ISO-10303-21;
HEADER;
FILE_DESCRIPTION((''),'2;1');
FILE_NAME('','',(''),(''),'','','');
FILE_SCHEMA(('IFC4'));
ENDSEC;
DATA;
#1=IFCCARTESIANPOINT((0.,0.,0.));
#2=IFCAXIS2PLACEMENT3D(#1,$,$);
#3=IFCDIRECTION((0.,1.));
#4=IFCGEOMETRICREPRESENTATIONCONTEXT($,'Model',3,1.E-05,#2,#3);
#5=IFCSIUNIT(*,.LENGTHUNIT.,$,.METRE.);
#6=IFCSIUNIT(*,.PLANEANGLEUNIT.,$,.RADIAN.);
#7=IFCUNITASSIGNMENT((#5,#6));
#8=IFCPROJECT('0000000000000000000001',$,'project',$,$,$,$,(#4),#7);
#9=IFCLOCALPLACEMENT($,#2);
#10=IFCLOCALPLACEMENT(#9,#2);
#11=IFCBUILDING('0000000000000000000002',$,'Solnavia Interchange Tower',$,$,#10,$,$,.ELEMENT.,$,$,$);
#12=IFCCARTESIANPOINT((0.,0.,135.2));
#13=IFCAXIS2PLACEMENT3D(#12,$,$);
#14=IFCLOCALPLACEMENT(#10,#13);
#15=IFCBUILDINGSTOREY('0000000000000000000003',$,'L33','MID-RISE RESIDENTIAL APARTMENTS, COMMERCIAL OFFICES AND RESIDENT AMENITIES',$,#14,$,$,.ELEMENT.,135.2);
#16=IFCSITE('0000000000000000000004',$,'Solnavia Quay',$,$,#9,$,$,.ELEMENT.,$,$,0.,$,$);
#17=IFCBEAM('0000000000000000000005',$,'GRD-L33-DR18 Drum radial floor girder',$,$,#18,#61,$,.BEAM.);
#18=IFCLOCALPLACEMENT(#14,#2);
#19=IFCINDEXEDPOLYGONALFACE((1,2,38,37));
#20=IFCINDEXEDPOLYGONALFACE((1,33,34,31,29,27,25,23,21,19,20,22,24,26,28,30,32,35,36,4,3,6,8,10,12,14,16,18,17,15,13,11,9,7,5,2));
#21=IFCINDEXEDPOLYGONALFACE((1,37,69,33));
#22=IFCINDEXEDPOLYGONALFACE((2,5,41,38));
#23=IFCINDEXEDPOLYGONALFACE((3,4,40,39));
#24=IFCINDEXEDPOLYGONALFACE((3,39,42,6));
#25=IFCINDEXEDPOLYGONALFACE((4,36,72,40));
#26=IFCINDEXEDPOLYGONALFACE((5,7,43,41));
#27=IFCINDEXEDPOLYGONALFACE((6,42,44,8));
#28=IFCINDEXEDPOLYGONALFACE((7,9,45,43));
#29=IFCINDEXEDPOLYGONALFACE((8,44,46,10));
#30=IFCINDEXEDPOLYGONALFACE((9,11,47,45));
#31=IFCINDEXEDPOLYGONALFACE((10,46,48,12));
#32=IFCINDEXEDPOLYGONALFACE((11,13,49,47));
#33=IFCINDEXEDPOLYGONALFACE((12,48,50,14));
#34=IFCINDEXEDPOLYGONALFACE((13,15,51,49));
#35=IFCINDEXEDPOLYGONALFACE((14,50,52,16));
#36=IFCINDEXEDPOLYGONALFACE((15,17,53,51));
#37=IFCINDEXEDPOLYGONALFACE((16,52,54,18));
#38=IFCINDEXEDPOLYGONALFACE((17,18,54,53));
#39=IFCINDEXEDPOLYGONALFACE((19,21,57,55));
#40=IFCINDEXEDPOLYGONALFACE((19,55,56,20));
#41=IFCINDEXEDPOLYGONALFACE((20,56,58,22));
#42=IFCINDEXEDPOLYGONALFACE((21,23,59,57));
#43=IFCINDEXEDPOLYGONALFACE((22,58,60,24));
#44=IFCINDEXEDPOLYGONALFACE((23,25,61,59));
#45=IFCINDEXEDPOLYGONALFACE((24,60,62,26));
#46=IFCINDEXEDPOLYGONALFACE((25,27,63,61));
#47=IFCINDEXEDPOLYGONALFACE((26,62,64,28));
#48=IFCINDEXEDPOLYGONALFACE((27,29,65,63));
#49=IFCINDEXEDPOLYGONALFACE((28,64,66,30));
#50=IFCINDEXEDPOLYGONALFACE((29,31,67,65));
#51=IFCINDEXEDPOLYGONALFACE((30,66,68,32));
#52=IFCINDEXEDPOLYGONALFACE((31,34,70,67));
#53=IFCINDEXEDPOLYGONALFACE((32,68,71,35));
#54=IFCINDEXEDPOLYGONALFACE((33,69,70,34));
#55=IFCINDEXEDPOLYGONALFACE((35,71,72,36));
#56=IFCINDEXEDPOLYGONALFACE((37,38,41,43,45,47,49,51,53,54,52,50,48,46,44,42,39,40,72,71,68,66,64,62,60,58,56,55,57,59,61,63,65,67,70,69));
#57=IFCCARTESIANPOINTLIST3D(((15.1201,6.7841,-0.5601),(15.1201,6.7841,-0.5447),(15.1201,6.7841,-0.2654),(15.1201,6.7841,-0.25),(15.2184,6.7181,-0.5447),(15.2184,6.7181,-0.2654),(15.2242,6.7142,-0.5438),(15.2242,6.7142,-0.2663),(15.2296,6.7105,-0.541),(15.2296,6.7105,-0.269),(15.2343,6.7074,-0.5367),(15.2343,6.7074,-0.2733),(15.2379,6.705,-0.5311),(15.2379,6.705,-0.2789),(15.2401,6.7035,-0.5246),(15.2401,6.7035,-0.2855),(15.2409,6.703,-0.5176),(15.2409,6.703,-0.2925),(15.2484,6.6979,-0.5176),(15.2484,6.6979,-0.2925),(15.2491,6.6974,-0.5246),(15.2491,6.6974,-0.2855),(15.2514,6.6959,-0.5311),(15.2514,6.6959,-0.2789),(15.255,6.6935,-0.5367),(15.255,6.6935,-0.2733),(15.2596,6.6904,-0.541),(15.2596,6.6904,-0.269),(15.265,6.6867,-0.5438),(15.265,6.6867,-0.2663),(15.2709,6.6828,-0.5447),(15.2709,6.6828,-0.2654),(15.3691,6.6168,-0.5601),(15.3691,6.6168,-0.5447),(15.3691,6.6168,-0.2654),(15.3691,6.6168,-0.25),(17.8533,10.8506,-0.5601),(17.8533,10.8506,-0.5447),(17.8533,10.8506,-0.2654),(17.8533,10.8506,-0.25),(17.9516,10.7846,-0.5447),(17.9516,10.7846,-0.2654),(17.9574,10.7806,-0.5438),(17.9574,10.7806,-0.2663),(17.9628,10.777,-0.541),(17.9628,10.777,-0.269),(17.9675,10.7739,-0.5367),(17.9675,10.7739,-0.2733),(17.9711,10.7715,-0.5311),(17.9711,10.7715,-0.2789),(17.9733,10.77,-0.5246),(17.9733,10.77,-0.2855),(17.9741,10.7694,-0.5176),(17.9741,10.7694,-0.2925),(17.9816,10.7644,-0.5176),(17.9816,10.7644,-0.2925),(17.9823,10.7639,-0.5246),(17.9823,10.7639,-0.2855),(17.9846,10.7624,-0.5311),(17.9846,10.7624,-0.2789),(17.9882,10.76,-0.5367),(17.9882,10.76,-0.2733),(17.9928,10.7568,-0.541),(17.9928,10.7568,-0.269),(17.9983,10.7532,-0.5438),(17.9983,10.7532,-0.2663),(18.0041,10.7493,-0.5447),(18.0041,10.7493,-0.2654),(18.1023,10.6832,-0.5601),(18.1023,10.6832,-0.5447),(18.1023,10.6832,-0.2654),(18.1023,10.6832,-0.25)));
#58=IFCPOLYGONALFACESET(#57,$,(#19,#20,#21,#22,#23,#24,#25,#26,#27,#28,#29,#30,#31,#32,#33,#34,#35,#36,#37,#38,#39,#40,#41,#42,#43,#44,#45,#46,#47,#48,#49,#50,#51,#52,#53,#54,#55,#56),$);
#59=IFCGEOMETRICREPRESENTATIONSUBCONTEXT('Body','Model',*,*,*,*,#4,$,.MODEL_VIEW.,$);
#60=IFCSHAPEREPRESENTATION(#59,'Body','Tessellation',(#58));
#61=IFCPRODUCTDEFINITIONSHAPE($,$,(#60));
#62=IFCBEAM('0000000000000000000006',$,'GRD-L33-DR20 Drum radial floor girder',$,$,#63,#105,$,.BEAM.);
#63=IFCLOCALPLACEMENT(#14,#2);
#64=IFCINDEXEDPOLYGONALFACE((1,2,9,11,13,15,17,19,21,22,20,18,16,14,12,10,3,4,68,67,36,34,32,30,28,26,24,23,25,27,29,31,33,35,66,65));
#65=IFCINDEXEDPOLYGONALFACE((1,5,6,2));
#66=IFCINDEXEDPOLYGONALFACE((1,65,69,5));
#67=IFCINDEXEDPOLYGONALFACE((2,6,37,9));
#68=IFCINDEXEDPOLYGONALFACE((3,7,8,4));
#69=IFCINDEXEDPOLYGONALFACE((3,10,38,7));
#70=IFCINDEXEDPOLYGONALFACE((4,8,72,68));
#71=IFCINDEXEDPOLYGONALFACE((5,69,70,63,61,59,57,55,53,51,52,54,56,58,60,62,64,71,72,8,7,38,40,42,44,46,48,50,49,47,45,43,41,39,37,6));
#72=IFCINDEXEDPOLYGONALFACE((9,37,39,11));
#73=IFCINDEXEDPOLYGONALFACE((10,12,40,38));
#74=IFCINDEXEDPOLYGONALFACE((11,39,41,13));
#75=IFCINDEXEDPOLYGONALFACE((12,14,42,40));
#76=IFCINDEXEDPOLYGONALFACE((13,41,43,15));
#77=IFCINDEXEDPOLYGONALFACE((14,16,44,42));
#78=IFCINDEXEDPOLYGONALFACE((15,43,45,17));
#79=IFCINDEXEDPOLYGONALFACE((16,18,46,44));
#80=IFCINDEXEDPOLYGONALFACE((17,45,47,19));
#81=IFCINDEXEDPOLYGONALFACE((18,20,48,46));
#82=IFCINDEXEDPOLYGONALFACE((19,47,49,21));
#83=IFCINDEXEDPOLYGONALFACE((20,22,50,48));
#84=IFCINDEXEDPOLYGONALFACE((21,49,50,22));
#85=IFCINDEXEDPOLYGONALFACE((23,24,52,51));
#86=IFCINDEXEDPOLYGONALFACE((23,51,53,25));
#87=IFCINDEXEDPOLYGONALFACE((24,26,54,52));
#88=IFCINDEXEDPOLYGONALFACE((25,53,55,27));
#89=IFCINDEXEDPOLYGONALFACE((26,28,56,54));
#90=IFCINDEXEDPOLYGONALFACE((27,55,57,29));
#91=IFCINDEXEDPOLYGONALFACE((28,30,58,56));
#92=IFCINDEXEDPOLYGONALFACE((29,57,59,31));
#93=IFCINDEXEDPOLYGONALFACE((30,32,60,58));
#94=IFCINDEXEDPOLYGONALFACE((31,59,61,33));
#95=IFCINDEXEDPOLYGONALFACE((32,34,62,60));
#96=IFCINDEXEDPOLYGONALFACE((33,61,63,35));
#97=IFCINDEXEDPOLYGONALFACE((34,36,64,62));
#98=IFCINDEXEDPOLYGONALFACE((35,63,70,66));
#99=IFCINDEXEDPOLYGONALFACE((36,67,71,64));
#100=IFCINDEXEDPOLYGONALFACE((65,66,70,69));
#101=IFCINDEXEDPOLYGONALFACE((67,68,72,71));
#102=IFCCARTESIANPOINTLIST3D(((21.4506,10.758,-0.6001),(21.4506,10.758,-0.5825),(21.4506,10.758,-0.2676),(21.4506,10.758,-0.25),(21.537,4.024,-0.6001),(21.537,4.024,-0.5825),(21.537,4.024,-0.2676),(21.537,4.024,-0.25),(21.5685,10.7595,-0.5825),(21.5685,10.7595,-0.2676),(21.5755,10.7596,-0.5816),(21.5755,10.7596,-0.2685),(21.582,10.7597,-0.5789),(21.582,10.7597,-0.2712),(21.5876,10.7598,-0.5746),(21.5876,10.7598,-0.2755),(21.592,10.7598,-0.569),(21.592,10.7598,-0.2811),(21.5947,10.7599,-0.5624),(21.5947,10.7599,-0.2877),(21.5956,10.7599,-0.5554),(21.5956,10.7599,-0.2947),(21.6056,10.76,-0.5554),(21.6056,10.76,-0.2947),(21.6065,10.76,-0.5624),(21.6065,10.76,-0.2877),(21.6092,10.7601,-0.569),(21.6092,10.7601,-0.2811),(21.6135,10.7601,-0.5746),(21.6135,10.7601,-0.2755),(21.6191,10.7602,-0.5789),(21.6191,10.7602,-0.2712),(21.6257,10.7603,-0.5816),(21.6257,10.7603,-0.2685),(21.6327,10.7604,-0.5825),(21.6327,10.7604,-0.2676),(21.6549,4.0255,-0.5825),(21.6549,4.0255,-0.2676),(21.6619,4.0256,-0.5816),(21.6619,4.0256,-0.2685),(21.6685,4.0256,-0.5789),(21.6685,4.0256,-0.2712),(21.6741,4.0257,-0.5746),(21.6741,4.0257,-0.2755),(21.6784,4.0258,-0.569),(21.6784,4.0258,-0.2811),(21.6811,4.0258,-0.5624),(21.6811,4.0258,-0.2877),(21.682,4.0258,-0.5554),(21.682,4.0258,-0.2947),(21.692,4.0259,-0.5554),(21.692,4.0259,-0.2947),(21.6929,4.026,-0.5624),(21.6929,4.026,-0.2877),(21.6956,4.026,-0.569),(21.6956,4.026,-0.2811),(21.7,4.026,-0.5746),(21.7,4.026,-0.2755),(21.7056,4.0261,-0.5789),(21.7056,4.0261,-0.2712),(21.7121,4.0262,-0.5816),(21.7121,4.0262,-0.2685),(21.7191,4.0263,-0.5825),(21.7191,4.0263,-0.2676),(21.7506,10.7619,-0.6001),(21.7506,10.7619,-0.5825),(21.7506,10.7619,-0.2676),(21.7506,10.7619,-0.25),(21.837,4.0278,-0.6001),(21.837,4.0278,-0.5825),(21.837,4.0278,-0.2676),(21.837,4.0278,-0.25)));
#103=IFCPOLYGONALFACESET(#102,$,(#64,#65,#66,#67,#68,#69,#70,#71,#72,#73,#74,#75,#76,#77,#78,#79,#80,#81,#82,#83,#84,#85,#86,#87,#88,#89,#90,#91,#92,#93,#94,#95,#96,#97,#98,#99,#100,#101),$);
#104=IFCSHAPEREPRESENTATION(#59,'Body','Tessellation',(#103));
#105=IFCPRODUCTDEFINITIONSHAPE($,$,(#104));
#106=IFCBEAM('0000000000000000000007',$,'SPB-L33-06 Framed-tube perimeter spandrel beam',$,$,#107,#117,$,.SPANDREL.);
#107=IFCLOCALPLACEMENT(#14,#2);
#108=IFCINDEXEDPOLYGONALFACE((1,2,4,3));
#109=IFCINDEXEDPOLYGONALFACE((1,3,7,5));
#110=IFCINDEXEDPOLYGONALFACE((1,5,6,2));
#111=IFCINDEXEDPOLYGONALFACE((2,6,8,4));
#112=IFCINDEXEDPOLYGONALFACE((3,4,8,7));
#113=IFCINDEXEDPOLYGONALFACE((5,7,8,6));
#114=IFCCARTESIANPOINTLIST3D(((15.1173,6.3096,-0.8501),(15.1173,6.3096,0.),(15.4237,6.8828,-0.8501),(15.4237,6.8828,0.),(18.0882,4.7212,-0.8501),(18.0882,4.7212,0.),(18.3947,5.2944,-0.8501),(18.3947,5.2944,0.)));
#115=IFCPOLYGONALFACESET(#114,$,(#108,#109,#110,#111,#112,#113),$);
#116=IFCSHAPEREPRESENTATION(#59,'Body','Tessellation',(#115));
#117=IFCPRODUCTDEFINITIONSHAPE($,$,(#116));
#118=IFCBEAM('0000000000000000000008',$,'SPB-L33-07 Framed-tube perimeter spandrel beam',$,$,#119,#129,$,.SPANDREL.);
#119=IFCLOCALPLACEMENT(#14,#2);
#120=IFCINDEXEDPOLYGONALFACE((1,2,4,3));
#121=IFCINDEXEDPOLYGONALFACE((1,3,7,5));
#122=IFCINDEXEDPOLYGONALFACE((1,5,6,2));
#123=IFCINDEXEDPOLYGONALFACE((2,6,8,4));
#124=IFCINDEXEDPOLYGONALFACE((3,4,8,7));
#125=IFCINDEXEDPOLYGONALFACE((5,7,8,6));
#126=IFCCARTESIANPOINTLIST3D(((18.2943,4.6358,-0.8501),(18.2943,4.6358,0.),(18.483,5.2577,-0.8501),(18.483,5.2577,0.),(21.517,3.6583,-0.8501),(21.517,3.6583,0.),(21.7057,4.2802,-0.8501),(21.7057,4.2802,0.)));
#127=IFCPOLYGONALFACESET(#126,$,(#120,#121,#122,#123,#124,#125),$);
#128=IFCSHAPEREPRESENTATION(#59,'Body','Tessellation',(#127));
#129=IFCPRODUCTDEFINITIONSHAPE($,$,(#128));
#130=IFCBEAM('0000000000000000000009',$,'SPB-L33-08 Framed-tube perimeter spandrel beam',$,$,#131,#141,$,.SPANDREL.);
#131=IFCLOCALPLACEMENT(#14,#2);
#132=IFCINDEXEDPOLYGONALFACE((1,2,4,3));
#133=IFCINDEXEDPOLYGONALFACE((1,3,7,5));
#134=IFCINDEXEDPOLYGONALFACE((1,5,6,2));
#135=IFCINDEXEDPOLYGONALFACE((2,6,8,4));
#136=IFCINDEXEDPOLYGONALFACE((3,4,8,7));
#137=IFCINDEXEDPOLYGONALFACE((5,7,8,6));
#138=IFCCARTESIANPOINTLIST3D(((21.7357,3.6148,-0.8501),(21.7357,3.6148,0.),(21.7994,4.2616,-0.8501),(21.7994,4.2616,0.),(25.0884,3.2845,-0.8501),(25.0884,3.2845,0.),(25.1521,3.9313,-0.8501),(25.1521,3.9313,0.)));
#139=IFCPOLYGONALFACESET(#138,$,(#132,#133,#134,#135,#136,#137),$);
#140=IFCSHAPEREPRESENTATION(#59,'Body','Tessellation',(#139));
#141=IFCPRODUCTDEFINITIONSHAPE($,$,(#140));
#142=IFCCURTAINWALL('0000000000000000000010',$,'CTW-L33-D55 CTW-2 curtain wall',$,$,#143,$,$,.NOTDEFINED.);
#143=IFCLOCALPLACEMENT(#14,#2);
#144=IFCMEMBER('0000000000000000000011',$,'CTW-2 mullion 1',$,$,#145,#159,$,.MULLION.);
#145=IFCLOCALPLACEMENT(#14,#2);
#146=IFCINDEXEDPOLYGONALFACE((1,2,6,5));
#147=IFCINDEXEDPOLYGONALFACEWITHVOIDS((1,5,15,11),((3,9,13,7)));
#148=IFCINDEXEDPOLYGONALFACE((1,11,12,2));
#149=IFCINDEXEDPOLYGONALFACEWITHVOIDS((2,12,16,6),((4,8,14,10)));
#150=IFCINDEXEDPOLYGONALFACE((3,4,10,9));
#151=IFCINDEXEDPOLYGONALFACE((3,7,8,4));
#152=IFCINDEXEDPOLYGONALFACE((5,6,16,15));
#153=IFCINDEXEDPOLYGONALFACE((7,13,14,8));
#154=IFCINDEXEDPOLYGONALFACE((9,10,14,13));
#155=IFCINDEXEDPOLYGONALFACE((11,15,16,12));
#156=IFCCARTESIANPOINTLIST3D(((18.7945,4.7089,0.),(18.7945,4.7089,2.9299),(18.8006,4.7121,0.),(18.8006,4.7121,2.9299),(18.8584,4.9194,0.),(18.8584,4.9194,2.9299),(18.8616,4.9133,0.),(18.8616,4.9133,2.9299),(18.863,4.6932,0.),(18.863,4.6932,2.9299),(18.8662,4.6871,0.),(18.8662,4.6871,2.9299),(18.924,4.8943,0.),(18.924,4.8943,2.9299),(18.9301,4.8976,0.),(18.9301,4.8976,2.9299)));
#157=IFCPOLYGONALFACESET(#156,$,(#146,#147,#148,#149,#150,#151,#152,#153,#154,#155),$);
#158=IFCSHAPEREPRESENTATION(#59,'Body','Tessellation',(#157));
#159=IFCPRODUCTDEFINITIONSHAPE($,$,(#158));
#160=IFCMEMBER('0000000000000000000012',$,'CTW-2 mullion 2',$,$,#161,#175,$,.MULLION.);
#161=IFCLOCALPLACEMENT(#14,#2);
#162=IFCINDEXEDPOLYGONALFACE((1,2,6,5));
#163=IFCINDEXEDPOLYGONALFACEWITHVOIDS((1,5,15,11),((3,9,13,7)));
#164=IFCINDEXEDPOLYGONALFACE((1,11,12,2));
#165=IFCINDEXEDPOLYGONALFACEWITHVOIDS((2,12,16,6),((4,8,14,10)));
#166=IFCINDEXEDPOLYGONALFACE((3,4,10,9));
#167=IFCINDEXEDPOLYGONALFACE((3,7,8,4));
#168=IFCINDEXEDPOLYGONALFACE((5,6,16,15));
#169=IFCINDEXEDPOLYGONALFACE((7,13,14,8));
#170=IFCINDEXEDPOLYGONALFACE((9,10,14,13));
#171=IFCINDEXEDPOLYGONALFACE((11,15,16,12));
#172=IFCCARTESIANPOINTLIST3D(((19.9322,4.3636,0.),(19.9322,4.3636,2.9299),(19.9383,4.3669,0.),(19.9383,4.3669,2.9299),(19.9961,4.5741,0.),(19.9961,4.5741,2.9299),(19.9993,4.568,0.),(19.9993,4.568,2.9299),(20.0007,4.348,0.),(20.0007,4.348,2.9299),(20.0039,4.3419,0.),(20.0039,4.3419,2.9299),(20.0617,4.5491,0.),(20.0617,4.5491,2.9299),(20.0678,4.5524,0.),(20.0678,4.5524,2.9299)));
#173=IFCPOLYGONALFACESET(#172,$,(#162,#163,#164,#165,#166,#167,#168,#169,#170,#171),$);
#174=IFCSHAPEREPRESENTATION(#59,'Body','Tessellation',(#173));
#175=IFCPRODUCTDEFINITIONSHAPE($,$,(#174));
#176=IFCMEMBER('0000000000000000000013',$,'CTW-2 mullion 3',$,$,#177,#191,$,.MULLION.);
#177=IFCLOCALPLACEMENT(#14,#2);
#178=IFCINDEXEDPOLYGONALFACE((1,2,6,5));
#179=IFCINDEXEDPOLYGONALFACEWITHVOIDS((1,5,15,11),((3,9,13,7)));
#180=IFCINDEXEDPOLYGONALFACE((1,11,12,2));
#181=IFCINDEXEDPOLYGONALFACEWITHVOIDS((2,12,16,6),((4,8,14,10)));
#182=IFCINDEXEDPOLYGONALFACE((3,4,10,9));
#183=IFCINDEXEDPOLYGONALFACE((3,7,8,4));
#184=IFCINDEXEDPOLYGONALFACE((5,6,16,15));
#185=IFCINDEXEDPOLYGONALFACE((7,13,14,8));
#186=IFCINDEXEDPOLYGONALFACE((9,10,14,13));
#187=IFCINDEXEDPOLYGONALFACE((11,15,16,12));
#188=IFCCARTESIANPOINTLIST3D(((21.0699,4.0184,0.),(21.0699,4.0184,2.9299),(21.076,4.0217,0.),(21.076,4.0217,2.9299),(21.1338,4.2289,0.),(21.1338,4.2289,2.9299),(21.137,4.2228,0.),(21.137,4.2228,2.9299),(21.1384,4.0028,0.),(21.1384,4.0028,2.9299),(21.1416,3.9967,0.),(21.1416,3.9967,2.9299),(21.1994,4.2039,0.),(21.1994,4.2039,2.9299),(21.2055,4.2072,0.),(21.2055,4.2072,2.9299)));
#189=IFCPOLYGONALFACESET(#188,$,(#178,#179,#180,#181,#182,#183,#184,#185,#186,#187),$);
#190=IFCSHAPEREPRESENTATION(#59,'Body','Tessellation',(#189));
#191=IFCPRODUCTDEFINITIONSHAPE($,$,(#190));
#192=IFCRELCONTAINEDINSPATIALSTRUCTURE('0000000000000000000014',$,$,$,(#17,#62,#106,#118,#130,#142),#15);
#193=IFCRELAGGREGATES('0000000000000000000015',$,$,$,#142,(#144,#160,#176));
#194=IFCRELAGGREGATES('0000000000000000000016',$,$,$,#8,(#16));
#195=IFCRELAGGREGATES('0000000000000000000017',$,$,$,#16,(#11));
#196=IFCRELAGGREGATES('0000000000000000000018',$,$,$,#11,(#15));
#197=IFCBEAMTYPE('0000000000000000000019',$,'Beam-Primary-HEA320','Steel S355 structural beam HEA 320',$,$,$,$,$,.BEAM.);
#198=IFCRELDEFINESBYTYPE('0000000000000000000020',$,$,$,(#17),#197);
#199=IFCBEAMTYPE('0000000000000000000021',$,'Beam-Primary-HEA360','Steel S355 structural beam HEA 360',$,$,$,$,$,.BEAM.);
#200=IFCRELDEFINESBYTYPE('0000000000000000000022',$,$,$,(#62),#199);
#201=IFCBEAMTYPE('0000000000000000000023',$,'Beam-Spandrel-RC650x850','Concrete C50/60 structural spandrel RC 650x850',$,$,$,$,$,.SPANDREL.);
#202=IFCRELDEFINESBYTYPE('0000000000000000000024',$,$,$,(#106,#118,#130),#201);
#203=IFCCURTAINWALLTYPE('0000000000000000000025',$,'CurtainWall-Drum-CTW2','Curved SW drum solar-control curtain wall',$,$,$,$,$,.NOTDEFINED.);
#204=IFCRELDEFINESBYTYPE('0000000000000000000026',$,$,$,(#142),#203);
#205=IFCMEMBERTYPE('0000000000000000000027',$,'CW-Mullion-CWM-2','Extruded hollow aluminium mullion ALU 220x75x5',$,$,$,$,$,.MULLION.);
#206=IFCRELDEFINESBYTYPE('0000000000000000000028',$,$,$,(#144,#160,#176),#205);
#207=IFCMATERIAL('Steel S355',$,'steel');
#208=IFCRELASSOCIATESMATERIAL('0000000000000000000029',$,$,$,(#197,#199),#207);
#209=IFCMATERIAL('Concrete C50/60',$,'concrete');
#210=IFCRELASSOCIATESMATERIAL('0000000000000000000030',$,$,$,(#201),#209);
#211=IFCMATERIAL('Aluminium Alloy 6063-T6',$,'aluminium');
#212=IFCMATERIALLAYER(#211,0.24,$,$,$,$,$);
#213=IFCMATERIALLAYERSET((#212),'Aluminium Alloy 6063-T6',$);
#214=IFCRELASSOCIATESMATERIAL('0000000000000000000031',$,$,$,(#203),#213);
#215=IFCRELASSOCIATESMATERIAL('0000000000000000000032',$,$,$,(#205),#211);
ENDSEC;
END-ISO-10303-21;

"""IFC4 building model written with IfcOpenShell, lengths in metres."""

from ifc_helpers import new_model, si_unit, direction, frame, origin, origin_2d, place, context, subcontext, project, spatial, rectangle, hollow_rectangle, i_section, extrude, material, layer, layer_set, material_profile, profile_set, type_object, element, aggregate, save


model = new_model("IFC4")

# Units and contexts
model_context = context("Model", 3, precision=1e-05, world=origin(), true_north=direction((0.0, 1.0)))
body_context = subcontext(model_context, "Body", "Model", "MODEL_VIEW")
ifc_project = project(units=[si_unit("LENGTHUNIT", "METRE"), si_unit("PLANEANGLEUNIT", "RADIAN")], contexts=[model_context])

# Site, building, storey
site_placement = place(None, origin())
site = spatial("IfcSite", under=ifc_project, at=site_placement, Name="Solnavia Quay", CompositionType="ELEMENT", RefElevation=0.0)
building_placement = place(site_placement, origin())
building = spatial("IfcBuilding", under=site, at=building_placement, Name="Solnavia Interchange Tower", CompositionType="ELEMENT")
storey_placement = place(building_placement, frame((0.0, 0.0, 135.2)))
storey = spatial("IfcBuildingStorey", under=building, at=storey_placement, Name="L33", Description="MID-RISE RESIDENTIAL APARTMENTS, COMMERCIAL OFFICES AND RESIDENT AMENITIES", CompositionType="ELEMENT", Elevation=135.2)

# Shared definitions
ifc_material_1 = material(Name="Concrete C50/60", Category="concrete")

# Beams
ifc_material_2 = material(Name="Steel S355", Category="steel")
ifc_material_profile_1 = material_profile(ifc_material_2, i_section(OverallWidth=0.3, OverallDepth=0.3101, WebThickness=0.009, FlangeThickness=0.0154, FilletRadius=0.0271, at=origin_2d()), Name="HEA 320")
ifc_profile_set_1 = profile_set([ifc_material_profile_1], Name="Steel S355")
beam_type_1 = type_object("IfcBeamType", Name="Beam-Primary-HEA320", Description="Steel S355 structural beam HEA 320", PredefinedType="BEAM", material=ifc_profile_set_1)
beam_1_placement = place(storey_placement, frame((15.2446, 6.7004, -0.405), z_axis=(0.557835, 0.829952, 0.0), x_axis=(-0.829952, 0.557835, 0.0)))
element("IfcBeam", 1, at=beam_1_placement, inside=storey, type_object=beam_type_1, Name="GRD-L33-DR18 Drum radial floor girder", PredefinedType="BEAM", context=body_context, shape_type="SweptSolid", body=[
    extrude(i_section(OverallWidth=0.3, OverallDepth=0.3101, WebThickness=0.009, FlangeThickness=0.0154, FilletRadius=0.0271, at=origin_2d()), origin(), (0.0, 0.0, 1.0), 4.8997),
])
ifc_material_profile_2 = material_profile(ifc_material_2, i_section(OverallWidth=0.3, OverallDepth=0.3501, WebThickness=0.01, FlangeThickness=0.0176, FilletRadius=0.0271, at=origin_2d()), Name="HEA 360")
ifc_profile_set_2 = profile_set([ifc_material_profile_2], Name="Steel S355")
beam_type_2 = type_object("IfcBeamType", Name="Beam-Primary-HEA360", Description="Steel S355 structural beam HEA 360", PredefinedType="BEAM", material=ifc_profile_set_2)
beam_2_placement = place(storey_placement, frame((21.687, 4.0259, -0.425), z_axis=(-0.012833, 0.999918, 0.0), x_axis=(-0.999918, -0.012833, 0.0)))
element("IfcBeam", 2, at=beam_2_placement, inside=storey, type_object=beam_type_2, Name="GRD-L33-DR20 Drum radial floor girder", PredefinedType="BEAM", context=body_context, shape_type="SweptSolid", body=[
    extrude(i_section(OverallWidth=0.3, OverallDepth=0.3501, WebThickness=0.01, FlangeThickness=0.0176, FilletRadius=0.0271, at=origin_2d()), origin(), (0.0, 0.0, 1.0), 6.7346),
])
ifc_material_profile_3 = material_profile(ifc_material_1, rectangle(XDim=0.6499, YDim=0.8501, at=origin_2d()), Name="RC 650x850")
ifc_profile_set_3 = profile_set([ifc_material_profile_3], Name="Concrete C50/60")
beam_type_3 = type_object("IfcBeamType", Name="Beam-Spandrel-RC650x850", Description="Concrete C50/60 structural spandrel RC 650x850", PredefinedType="SPANDREL", material=ifc_profile_set_3)
beam_3_placement = place(storey_placement, frame((15.2705, 6.5962, -0.425), z_axis=(0.881875, -0.471483, 0.0), x_axis=(0.471483, 0.881875, 0.0)))
element("IfcBeam", 3, at=beam_3_placement, inside=storey, type_object=beam_type_3, Name="SPB-L33-06 Framed-tube perimeter spandrel beam", PredefinedType="SPANDREL", context=body_context, shape_type="SweptSolid", body=[
    extrude(rectangle(XDim=0.6499, YDim=0.8501, at=origin_2d()), origin(), (0.0, 0.0, 1.0), 3.3689),
])
beam_4_placement = place(storey_placement, frame((18.3887, 4.9468, -0.425), z_axis=(0.956944, -0.290273, 0.0), x_axis=(0.290273, 0.956944, 0.0)))
element("IfcBeam", 4, at=beam_4_placement, inside=storey, type_object=beam_type_3, Name="SPB-L33-07 Framed-tube perimeter spandrel beam", PredefinedType="SPANDREL", context=body_context, shape_type="SweptSolid", body=[
    extrude(rectangle(XDim=0.6499, YDim=0.8501, at=origin_2d()), origin(), (0.0, 0.0, 1.0), 3.3677),
])
beam_5_placement = place(storey_placement, frame((21.7676, 3.9382, -0.425), z_axis=(0.995182, -0.098047, 0.0), x_axis=(0.098047, 0.995182, 0.0)))
element("IfcBeam", 5, at=beam_5_placement, inside=storey, type_object=beam_type_3, Name="SPB-L33-08 Framed-tube perimeter spandrel beam", PredefinedType="SPANDREL", context=body_context, shape_type="SweptSolid", body=[
    extrude(rectangle(XDim=0.6499, YDim=0.8501, at=origin_2d()), origin(), (0.0, 0.0, 1.0), 3.3689),
])

# Curtain wall, members
ifc_material_3 = material(Name="Aluminium Alloy 6063-T6", Category="aluminium")
ifc_layer_1 = layer(ifc_material_3, 0.24)
ifc_layer_set_1 = layer_set([ifc_layer_1], Name="Aluminium Alloy 6063-T6")
curtain_wall_type = type_object("IfcCurtainWallType", Name="CurtainWall-Drum-CTW2", Description="Curved SW drum solar-control curtain wall", PredefinedType="NOTDEFINED", material=ifc_layer_set_1)
curtain_wall_placement = place(storey_placement, origin())
curtain_wall = element("IfcCurtainWall", 6, at=curtain_wall_placement, inside=storey, type_object=curtain_wall_type, Name="CTW-L33-D55 CTW-2 curtain wall", PredefinedType="NOTDEFINED")
ifc_material_profile_4 = material_profile(ifc_material_3, hollow_rectangle(XDim=0.075, YDim=0.22, WallThickness=0.0049, at=origin_2d()), Name="ALU 220x75x5")
ifc_profile_set_4 = profile_set([ifc_material_profile_4], Name="Aluminium Alloy 6063-T6")
member_type_1 = type_object("IfcMemberType", Name="CW-Mullion-CWM-2", Description="Extruded hollow aluminium mullion ALU 220x75x5", PredefinedType="MULLION", material=ifc_profile_set_4)
member_1_placement = place(storey_placement, frame((18.8623, 4.8032, 0.0), z_axis=(0.0, 0.0, 1.0), x_axis=(0.956942, -0.290279, 0.0)))
member_1 = element("IfcMember", 7, at=member_1_placement, type_object=member_type_1, Name="CTW-2 mullion 1", PredefinedType="MULLION", context=body_context, shape_type="SweptSolid", body=[
    extrude(hollow_rectangle(XDim=0.075, YDim=0.22, WallThickness=0.0049, at=origin_2d()), origin(), (0.0, 0.0, 1.0), 2.9299),
])
member_2_placement = place(storey_placement, frame((20.0, 4.458, 0.0), z_axis=(0.0, 0.0, 1.0), x_axis=(0.956942, -0.290279, 0.0)))
member_2 = element("IfcMember", 8, at=member_2_placement, type_object=member_type_1, Name="CTW-2 mullion 2", PredefinedType="MULLION", context=body_context, shape_type="SweptSolid", body=[
    extrude(hollow_rectangle(XDim=0.075, YDim=0.22, WallThickness=0.0049, at=origin_2d()), origin(), (0.0, 0.0, 1.0), 2.9299),
])
member_3_placement = place(storey_placement, frame((21.1377, 4.1128, 0.0), z_axis=(0.0, 0.0, 1.0), x_axis=(0.956942, -0.290279, 0.0)))
member_3 = element("IfcMember", 9, at=member_3_placement, type_object=member_type_1, Name="CTW-2 mullion 3", PredefinedType="MULLION", context=body_context, shape_type="SweptSolid", body=[
    extrude(hollow_rectangle(XDim=0.075, YDim=0.22, WallThickness=0.0049, at=origin_2d()), origin(), (0.0, 0.0, 1.0), 2.9299),
])
aggregate(curtain_wall, [member_1, member_2, member_3])

save(model, "model.ifc")
